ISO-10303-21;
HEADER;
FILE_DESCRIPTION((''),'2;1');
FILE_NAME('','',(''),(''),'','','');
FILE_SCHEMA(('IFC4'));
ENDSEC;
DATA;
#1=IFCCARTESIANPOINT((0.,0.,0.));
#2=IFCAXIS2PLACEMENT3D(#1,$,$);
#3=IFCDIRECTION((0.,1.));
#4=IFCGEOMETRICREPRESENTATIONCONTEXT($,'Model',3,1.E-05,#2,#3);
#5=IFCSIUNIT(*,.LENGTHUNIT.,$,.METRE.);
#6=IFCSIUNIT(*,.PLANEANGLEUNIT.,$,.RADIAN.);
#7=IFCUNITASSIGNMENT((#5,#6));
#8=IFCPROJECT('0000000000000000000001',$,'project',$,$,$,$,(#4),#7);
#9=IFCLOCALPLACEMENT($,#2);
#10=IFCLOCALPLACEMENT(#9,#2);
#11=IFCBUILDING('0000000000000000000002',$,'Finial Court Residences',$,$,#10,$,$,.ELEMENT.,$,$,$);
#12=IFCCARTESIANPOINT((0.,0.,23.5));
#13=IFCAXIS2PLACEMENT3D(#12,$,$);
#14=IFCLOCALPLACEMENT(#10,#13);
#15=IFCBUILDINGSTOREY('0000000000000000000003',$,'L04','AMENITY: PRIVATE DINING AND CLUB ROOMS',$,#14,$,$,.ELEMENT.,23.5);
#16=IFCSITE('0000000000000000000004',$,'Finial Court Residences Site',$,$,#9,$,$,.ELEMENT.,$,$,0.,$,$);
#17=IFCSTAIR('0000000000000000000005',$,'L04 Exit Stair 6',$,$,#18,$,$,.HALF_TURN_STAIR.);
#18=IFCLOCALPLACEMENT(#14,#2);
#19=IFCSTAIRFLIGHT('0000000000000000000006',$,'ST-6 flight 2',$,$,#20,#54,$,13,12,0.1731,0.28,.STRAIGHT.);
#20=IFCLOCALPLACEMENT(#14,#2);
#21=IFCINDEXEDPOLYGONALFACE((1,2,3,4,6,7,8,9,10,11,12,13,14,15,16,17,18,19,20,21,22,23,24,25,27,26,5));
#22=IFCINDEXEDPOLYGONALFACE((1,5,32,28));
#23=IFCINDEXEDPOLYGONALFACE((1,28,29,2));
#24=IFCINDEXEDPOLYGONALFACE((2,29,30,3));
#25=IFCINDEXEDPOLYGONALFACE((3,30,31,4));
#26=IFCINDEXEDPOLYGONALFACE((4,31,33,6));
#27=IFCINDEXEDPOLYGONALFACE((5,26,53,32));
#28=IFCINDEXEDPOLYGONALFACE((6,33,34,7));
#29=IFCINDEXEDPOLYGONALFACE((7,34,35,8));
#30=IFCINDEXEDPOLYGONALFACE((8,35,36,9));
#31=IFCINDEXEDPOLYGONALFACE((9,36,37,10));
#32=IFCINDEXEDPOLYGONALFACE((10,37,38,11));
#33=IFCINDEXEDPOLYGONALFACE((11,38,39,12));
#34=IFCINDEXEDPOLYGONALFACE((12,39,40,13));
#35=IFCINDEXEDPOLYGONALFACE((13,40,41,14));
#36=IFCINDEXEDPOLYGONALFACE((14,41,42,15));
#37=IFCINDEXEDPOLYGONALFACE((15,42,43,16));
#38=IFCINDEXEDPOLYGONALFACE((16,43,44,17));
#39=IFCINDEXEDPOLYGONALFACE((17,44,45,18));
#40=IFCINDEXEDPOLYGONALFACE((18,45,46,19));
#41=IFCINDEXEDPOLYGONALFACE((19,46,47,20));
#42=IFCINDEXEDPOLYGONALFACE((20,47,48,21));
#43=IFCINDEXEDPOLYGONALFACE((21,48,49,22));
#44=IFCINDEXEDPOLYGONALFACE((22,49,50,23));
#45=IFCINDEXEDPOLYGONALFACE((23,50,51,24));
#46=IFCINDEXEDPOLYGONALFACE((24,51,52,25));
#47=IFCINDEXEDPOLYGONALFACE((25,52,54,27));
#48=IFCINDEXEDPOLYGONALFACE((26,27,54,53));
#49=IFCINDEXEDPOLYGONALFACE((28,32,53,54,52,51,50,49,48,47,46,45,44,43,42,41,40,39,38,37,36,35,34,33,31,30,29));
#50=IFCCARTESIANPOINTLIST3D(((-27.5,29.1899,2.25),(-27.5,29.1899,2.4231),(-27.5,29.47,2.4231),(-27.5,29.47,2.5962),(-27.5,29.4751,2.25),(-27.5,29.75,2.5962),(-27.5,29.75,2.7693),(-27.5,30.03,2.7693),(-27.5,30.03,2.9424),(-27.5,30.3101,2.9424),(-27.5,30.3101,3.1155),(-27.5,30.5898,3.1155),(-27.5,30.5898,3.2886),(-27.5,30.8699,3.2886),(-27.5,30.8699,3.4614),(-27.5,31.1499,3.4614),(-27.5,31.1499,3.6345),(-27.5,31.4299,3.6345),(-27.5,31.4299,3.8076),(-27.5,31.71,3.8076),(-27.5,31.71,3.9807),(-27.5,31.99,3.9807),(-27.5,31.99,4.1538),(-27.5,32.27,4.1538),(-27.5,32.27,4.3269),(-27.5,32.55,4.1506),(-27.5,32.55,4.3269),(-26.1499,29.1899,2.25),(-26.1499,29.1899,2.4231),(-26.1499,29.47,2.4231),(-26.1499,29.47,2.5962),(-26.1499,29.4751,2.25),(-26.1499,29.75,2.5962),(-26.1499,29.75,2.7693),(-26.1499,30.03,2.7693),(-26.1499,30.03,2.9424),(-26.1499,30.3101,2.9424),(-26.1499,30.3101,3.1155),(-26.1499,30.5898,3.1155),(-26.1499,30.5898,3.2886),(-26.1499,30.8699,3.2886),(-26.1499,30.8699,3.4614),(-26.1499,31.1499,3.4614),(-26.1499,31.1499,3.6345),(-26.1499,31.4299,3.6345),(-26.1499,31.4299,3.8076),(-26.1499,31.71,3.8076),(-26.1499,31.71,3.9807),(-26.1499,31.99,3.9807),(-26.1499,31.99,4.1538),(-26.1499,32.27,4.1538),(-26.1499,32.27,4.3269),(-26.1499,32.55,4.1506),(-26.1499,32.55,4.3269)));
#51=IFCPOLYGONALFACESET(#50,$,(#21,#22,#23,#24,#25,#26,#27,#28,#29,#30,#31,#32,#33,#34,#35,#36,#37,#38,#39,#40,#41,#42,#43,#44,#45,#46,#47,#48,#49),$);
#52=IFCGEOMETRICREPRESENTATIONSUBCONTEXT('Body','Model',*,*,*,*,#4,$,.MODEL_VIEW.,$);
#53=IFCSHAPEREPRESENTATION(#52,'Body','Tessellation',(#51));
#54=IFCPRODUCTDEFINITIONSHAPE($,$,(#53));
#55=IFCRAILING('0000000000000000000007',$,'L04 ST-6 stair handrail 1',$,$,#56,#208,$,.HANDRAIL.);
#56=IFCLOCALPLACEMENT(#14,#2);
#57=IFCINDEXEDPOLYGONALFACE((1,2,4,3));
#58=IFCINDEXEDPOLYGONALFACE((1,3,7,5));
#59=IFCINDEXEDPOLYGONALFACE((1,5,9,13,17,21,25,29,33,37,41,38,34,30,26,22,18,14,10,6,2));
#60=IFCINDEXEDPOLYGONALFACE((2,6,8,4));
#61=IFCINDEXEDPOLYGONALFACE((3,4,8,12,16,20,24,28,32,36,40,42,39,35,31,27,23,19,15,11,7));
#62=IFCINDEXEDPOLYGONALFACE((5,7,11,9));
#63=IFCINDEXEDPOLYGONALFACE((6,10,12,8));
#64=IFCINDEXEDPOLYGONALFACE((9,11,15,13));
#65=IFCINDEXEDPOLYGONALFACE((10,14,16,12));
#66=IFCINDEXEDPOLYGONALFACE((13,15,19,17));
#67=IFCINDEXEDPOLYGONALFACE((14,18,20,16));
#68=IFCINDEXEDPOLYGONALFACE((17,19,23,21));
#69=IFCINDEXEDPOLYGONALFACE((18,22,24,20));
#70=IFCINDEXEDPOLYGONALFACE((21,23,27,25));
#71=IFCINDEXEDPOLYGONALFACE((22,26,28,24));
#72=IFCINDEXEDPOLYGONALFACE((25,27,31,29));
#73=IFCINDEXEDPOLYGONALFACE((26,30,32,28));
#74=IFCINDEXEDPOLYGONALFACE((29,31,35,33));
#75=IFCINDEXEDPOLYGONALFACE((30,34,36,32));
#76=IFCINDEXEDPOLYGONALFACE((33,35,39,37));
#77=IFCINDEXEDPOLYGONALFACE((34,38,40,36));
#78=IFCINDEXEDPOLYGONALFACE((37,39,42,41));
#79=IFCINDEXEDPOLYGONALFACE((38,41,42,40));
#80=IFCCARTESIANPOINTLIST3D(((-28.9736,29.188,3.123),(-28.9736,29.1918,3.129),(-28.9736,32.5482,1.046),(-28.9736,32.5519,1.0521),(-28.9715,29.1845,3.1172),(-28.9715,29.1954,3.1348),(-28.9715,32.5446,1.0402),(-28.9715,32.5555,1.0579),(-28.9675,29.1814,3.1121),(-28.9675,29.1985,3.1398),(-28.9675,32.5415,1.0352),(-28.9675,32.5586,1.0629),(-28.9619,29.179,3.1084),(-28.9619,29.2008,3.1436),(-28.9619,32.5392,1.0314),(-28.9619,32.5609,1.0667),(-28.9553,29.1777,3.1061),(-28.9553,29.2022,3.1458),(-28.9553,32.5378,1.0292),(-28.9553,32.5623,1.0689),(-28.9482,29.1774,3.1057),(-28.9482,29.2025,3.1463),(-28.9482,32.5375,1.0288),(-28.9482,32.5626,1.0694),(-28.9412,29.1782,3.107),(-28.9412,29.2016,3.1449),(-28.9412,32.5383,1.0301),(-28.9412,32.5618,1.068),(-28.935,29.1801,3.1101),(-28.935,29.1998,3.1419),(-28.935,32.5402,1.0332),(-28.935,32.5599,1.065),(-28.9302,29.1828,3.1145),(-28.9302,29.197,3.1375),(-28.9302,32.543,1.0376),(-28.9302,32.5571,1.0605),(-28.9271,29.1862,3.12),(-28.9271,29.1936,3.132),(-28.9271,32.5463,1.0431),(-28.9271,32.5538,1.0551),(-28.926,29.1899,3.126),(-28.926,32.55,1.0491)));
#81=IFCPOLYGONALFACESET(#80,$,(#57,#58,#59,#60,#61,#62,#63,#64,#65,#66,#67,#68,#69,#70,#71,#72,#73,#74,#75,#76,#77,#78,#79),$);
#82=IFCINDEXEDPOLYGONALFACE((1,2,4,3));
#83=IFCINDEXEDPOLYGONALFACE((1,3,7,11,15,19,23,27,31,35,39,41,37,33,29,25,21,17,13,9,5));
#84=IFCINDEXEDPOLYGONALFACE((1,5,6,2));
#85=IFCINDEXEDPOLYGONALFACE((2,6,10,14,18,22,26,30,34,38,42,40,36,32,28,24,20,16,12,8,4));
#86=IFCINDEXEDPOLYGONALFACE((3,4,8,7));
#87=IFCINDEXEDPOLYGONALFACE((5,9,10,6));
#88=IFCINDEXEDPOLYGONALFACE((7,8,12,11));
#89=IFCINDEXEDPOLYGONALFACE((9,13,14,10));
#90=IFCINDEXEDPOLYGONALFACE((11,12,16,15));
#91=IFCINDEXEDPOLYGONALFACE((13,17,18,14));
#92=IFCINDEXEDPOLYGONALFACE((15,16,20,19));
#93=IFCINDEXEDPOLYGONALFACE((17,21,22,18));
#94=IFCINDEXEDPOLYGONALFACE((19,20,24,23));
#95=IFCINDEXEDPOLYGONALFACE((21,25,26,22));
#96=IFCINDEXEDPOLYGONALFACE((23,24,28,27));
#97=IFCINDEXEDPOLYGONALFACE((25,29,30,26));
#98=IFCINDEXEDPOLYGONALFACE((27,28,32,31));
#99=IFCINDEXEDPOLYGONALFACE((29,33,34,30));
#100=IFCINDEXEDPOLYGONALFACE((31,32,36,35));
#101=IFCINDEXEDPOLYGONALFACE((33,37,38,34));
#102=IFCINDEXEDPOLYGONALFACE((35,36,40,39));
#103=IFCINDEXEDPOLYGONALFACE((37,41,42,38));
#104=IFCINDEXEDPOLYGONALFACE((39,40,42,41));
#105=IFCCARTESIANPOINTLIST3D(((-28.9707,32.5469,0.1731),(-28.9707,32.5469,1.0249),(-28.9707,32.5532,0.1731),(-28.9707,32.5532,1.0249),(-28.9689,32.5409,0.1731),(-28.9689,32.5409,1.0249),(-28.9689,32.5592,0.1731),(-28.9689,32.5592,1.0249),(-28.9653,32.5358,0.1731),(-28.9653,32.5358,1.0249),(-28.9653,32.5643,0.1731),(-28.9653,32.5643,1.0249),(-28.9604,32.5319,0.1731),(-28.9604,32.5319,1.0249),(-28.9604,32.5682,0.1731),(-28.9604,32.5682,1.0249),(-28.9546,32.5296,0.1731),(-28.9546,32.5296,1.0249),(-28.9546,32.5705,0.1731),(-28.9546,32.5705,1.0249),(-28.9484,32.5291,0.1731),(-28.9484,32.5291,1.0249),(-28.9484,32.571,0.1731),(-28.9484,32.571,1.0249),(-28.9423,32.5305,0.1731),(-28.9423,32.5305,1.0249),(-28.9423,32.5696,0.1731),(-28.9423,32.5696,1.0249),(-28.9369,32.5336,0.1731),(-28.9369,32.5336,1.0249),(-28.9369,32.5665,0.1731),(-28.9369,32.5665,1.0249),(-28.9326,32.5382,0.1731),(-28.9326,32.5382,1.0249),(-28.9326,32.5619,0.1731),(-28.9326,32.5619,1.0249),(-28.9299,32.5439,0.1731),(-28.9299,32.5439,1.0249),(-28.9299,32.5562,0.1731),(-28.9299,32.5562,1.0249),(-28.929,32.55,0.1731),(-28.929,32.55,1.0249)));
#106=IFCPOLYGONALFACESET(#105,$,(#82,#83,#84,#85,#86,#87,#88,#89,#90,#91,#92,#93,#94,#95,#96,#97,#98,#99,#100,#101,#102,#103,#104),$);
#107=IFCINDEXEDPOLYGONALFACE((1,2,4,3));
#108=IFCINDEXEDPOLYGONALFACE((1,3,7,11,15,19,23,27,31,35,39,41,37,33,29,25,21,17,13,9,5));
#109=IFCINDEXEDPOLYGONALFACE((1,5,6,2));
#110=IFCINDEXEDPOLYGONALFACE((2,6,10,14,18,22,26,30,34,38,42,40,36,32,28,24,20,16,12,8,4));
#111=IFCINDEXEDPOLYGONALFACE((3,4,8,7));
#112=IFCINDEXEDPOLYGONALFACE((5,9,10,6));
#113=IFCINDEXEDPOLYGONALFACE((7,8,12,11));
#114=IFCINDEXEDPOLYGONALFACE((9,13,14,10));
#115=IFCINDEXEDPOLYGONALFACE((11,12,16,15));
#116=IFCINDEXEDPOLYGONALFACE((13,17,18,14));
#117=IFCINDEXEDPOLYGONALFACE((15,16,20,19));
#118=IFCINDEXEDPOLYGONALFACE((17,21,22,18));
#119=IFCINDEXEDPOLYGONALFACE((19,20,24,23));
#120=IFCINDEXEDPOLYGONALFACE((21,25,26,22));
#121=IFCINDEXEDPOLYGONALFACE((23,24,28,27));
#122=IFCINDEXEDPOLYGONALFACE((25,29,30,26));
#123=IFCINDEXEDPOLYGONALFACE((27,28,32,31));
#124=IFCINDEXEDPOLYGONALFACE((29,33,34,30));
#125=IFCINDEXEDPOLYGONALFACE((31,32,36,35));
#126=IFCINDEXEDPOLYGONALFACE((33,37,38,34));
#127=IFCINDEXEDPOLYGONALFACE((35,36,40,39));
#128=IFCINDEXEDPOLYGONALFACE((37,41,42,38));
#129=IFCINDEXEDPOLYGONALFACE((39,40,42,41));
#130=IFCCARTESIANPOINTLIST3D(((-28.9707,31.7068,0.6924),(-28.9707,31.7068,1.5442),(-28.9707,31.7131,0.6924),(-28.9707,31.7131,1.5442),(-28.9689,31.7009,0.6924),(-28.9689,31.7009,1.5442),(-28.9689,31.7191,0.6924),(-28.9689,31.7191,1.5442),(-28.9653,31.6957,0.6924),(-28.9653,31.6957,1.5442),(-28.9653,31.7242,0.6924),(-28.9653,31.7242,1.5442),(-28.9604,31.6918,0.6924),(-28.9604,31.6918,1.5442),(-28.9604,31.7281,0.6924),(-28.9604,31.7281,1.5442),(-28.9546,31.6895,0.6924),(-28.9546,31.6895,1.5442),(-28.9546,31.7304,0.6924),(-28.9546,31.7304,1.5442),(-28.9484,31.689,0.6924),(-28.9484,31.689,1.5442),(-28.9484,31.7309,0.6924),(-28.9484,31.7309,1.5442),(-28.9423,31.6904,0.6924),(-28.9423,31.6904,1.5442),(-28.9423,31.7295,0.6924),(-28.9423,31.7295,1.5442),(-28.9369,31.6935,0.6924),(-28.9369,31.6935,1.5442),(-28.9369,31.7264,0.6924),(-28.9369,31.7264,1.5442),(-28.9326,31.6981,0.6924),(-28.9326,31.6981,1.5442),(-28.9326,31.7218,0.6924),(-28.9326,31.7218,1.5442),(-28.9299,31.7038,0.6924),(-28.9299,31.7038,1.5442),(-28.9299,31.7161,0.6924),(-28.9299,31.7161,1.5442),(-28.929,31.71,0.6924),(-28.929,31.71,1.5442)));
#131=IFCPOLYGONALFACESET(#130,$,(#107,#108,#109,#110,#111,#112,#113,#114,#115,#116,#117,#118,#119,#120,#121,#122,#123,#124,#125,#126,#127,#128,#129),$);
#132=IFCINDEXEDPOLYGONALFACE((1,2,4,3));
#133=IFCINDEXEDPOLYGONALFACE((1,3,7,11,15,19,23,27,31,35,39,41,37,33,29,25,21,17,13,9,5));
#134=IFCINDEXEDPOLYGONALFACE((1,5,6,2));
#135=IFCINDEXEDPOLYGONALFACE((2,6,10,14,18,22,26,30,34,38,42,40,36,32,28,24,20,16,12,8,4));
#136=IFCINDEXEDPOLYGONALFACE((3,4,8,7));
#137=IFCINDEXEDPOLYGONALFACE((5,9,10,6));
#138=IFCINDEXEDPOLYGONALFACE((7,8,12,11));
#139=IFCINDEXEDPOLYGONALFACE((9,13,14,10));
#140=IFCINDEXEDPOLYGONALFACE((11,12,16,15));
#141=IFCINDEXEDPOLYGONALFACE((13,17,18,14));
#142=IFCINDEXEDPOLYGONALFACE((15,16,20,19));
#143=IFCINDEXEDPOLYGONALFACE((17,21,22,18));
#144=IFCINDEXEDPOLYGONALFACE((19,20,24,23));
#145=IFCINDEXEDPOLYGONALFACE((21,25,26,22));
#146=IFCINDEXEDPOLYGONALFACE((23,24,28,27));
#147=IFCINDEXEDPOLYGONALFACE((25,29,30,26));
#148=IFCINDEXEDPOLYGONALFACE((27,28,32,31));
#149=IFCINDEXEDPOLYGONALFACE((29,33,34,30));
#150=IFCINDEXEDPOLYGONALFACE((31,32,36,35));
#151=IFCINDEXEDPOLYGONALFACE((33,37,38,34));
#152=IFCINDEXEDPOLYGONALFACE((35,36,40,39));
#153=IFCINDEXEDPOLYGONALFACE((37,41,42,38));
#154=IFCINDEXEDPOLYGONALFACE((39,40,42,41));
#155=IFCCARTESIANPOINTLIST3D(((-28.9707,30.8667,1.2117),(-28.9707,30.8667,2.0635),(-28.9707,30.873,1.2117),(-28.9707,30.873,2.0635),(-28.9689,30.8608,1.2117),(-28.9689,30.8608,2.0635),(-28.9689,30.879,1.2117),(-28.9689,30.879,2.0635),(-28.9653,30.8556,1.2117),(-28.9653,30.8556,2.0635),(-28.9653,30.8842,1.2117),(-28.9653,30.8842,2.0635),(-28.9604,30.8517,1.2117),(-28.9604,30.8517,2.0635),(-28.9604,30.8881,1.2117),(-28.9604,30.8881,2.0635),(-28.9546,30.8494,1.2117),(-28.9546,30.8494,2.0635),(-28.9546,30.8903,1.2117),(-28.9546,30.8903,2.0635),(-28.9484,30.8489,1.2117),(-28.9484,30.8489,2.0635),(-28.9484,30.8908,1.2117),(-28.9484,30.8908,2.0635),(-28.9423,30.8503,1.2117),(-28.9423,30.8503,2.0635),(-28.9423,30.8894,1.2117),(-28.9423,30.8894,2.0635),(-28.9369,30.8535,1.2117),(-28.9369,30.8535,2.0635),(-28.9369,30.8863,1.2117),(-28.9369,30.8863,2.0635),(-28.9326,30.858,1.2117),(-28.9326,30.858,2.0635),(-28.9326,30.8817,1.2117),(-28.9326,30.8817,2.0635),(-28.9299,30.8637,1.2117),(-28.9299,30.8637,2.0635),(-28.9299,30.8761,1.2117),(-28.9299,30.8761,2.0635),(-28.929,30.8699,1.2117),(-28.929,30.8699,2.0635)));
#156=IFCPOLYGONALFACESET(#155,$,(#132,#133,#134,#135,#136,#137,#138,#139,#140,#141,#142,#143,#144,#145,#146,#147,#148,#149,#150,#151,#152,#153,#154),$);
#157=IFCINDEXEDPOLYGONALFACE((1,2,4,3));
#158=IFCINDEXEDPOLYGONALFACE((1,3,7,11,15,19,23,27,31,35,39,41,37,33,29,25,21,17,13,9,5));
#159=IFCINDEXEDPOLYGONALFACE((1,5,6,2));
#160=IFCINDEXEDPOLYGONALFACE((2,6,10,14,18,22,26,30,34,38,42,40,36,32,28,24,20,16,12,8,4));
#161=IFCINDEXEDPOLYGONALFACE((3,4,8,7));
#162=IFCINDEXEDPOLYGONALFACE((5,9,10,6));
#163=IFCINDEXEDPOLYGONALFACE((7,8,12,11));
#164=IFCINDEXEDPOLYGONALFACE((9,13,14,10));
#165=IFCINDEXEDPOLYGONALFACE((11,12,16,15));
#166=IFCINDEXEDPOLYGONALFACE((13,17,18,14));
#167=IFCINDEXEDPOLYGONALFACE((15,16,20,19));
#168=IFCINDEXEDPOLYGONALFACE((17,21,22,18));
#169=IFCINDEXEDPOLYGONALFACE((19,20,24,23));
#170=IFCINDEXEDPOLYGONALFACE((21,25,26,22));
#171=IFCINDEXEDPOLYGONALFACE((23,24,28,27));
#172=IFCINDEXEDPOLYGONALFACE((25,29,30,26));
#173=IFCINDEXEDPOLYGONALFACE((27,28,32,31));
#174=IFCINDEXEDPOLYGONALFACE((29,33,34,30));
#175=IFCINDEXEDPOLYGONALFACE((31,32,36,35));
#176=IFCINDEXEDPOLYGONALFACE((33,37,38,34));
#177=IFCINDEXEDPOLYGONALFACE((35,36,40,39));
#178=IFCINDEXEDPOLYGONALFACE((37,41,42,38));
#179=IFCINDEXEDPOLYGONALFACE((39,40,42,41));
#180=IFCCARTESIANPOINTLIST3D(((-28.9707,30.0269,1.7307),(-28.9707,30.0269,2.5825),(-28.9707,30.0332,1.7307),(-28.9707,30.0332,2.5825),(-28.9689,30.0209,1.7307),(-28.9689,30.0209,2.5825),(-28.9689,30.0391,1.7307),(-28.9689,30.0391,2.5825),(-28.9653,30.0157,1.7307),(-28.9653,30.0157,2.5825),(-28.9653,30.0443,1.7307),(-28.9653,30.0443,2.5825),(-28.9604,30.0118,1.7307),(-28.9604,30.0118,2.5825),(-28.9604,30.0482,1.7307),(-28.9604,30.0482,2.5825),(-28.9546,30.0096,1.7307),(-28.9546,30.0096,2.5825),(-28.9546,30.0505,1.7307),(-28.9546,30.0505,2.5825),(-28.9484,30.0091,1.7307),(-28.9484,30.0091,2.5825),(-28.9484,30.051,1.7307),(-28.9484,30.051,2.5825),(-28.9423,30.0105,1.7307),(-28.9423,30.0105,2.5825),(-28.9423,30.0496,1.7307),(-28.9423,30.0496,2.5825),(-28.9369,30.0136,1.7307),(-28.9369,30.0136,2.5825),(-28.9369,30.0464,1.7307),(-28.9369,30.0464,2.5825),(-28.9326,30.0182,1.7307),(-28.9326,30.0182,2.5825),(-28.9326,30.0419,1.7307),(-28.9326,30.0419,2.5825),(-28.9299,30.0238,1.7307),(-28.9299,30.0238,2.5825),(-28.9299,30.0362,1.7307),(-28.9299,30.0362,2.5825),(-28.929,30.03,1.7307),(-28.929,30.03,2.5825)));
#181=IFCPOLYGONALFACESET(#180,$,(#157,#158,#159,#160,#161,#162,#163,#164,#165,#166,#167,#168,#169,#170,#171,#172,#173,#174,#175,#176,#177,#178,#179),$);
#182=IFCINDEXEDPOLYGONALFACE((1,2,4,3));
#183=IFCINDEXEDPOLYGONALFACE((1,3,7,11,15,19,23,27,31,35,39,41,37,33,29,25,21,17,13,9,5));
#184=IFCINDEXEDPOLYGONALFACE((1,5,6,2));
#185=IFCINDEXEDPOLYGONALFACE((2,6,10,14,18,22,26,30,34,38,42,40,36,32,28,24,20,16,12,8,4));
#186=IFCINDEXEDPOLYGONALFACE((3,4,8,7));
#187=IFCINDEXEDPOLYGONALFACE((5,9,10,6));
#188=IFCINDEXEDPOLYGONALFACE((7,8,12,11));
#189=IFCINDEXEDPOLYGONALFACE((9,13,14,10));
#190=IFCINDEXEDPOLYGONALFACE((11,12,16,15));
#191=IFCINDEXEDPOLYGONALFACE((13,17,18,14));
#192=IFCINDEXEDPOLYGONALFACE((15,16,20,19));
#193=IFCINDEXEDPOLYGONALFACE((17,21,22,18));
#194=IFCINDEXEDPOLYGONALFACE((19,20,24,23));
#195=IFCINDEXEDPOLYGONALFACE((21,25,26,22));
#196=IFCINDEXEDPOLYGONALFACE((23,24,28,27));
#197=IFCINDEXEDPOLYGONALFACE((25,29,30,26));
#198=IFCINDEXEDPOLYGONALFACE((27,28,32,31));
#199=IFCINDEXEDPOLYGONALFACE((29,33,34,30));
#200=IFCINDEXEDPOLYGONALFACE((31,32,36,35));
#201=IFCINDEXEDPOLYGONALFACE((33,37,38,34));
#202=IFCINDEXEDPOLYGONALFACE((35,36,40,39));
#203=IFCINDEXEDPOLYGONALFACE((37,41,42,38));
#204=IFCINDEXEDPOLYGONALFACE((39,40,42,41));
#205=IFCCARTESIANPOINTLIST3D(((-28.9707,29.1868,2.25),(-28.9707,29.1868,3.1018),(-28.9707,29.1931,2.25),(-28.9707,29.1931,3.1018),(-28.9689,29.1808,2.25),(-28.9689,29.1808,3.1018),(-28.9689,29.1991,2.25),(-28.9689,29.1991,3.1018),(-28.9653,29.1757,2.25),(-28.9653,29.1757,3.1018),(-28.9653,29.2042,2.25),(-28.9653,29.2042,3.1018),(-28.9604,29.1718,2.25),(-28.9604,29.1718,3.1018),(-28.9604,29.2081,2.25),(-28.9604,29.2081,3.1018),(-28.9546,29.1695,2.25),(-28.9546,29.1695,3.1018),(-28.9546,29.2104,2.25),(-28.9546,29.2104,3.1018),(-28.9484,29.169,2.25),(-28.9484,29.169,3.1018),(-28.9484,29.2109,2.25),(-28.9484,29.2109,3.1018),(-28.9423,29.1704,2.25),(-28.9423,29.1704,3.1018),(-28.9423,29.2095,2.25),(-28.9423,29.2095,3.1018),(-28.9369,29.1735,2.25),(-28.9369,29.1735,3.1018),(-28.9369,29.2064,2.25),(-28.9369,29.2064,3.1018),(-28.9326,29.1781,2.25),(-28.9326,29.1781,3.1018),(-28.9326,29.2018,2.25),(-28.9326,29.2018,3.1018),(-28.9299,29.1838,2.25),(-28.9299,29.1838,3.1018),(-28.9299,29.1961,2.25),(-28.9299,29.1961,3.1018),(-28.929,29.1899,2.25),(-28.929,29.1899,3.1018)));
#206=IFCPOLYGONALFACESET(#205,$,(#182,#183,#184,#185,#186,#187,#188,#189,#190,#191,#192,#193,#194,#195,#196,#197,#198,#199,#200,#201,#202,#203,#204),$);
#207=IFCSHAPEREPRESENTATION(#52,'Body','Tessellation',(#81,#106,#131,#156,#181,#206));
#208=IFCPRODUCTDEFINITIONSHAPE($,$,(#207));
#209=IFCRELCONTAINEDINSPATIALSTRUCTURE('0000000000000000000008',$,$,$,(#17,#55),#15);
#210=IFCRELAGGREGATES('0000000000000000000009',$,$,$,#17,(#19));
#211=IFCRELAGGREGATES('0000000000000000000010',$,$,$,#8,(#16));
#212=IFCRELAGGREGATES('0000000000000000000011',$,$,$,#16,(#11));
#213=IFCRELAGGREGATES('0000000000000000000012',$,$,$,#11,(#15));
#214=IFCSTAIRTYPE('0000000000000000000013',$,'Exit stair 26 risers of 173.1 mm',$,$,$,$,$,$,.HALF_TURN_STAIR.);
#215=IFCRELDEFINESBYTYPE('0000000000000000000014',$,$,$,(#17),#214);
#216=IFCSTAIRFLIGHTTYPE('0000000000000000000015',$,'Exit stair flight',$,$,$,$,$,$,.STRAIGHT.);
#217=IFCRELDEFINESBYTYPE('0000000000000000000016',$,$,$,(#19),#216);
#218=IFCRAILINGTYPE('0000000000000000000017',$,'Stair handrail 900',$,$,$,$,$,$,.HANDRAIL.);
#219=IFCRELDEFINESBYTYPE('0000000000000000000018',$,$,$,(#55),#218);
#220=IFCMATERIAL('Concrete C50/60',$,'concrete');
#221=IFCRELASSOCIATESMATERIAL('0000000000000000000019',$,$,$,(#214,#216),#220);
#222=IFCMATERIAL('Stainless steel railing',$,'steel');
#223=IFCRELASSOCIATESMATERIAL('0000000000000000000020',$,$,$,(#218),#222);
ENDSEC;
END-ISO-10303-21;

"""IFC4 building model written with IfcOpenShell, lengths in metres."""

from ifc_helpers import new_model, si_unit, direction, frame, origin, origin_2d, place, context, subcontext, project, spatial, polyline, circle, outline, extrude, material, type_object, element, aggregate, save


model = new_model("IFC4")

# Units and contexts
model_context = context("Model", 3, precision=1e-05, world=origin(), true_north=direction((0.0, 1.0)))
body_context = subcontext(model_context, "Body", "Model", "MODEL_VIEW")
ifc_project = project(units=[si_unit("LENGTHUNIT", "METRE"), si_unit("PLANEANGLEUNIT", "RADIAN")], contexts=[model_context])

# Site, building, storey
site_placement = place(None, origin())
site = spatial("IfcSite", under=ifc_project, at=site_placement, Name="Finial Court Residences Site", CompositionType="ELEMENT", RefElevation=0.0)
building_placement = place(site_placement, origin())
building = spatial("IfcBuilding", under=site, at=building_placement, Name="Finial Court Residences", CompositionType="ELEMENT")
storey_placement = place(building_placement, frame((0.0, 0.0, 23.5)))
storey = spatial("IfcBuildingStorey", under=building, at=storey_placement, Name="L04", Description="AMENITY: PRIVATE DINING AND CLUB ROOMS", CompositionType="ELEMENT", Elevation=23.5)

# Shared definitions
ifc_material_1 = material(Name="Concrete C50/60", Category="concrete")

# Stair, stair flight
stair_type = type_object("IfcStairType", Name="Exit stair 26 risers of 173.1 mm", PredefinedType="HALF_TURN_STAIR", material=ifc_material_1)
stair_placement = place(storey_placement, origin())
stair = element("IfcStair", 1, at=stair_placement, inside=storey, type_object=stair_type, Name="L04 Exit Stair 6", PredefinedType="HALF_TURN_STAIR")
stair_flight_type = type_object("IfcStairFlightType", Name="Exit stair flight", PredefinedType="STRAIGHT", material=ifc_material_1)
stair_flight_1_placement = place(storey_placement, frame((-26.825, 29.1899, 2.25), z_axis=(0.0, 0.0, 1.0), x_axis=(0.0, 1.0, 0.0)))
stair_flight_1 = element("IfcStairFlight", 2, at=stair_flight_1_placement, type_object=stair_flight_type, Name="ST-6 flight 2", NumberOfRisers=13, NumberOfTreads=12, PredefinedType="STRAIGHT", RiserHeight=0.1731, TreadLength=0.28, context=body_context, shape_type="SweptSolid", body=[
    extrude(outline(polyline([(0.0, 0.0), (0.0, 0.1731), (0.28, 0.1731), (0.28, 0.3462), (0.5601, 0.3462), (0.5601, 0.5193), (0.8401, 0.5193), (0.8401, 0.6924), (1.1201, 0.6924), (1.1201, 0.8655), (1.3999, 0.8655), (1.3999, 1.0386), (1.6799, 1.0386), (1.6799, 1.2114), (1.96, 1.2114), (1.96, 1.3845), (2.24, 1.3845), (2.24, 1.5576), (2.52, 1.5576), (2.52, 1.7307), (2.8, 1.7307), (2.8, 1.9038), (3.0801, 1.9038), (3.0801, 2.0769), (3.3601, 2.0769), (3.3601, 2.25), (3.3601, 1.9006), (0.2852, 0.0), (0.0, 0.0)])), frame((0.0, 0.675, 0.0), z_axis=(0.0, -1.0, 0.0), x_axis=(1.0, 0.0, 0.0)), (0.0, 0.0, 1.0), 1.3501),
])
aggregate(stair, [stair_flight_1])

# Railing
ifc_material_2 = material(Name="Stainless steel railing", Category="steel")
railing_type_1 = type_object("IfcRailingType", Name="Stair handrail 900", PredefinedType="HANDRAIL", material=ifc_material_2)
railing_1_placement = place(storey_placement, frame((-28.95, 32.55, 0.1731)))
element("IfcRailing", 3, at=railing_1_placement, inside=storey, type_object=railing_type_1, Name="L04 ST-6 stair handrail 1", PredefinedType="HANDRAIL", context=body_context, shape_type="SweptSolid", body=[
    extrude(circle(Radius=0.0239, at=origin_2d()), frame((0.0, 0.0, 0.876), z_axis=(0.0, -0.850623, 0.525776), x_axis=(1.0, 0.0, 0.0)), (0.0, 0.0, 1.0), 3.9502),
    extrude(circle(Radius=0.021, at=origin_2d()), origin(), (0.0, 0.0, 1.0), 0.8518),
    extrude(circle(Radius=0.021, at=origin_2d()), frame((0.0, -0.8401, 0.5193)), (0.0, 0.0, 1.0), 0.8518),
    extrude(circle(Radius=0.021, at=origin_2d()), frame((0.0, -1.6802, 1.0386)), (0.0, 0.0, 1.0), 0.8518),
    extrude(circle(Radius=0.021, at=origin_2d()), frame((0.0, -2.52, 1.5576)), (0.0, 0.0, 1.0), 0.8518),
    extrude(circle(Radius=0.021, at=origin_2d()), frame((0.0, -3.3601, 2.0769)), (0.0, 0.0, 1.0), 0.8518),
])

save(model, "model.ifc")
